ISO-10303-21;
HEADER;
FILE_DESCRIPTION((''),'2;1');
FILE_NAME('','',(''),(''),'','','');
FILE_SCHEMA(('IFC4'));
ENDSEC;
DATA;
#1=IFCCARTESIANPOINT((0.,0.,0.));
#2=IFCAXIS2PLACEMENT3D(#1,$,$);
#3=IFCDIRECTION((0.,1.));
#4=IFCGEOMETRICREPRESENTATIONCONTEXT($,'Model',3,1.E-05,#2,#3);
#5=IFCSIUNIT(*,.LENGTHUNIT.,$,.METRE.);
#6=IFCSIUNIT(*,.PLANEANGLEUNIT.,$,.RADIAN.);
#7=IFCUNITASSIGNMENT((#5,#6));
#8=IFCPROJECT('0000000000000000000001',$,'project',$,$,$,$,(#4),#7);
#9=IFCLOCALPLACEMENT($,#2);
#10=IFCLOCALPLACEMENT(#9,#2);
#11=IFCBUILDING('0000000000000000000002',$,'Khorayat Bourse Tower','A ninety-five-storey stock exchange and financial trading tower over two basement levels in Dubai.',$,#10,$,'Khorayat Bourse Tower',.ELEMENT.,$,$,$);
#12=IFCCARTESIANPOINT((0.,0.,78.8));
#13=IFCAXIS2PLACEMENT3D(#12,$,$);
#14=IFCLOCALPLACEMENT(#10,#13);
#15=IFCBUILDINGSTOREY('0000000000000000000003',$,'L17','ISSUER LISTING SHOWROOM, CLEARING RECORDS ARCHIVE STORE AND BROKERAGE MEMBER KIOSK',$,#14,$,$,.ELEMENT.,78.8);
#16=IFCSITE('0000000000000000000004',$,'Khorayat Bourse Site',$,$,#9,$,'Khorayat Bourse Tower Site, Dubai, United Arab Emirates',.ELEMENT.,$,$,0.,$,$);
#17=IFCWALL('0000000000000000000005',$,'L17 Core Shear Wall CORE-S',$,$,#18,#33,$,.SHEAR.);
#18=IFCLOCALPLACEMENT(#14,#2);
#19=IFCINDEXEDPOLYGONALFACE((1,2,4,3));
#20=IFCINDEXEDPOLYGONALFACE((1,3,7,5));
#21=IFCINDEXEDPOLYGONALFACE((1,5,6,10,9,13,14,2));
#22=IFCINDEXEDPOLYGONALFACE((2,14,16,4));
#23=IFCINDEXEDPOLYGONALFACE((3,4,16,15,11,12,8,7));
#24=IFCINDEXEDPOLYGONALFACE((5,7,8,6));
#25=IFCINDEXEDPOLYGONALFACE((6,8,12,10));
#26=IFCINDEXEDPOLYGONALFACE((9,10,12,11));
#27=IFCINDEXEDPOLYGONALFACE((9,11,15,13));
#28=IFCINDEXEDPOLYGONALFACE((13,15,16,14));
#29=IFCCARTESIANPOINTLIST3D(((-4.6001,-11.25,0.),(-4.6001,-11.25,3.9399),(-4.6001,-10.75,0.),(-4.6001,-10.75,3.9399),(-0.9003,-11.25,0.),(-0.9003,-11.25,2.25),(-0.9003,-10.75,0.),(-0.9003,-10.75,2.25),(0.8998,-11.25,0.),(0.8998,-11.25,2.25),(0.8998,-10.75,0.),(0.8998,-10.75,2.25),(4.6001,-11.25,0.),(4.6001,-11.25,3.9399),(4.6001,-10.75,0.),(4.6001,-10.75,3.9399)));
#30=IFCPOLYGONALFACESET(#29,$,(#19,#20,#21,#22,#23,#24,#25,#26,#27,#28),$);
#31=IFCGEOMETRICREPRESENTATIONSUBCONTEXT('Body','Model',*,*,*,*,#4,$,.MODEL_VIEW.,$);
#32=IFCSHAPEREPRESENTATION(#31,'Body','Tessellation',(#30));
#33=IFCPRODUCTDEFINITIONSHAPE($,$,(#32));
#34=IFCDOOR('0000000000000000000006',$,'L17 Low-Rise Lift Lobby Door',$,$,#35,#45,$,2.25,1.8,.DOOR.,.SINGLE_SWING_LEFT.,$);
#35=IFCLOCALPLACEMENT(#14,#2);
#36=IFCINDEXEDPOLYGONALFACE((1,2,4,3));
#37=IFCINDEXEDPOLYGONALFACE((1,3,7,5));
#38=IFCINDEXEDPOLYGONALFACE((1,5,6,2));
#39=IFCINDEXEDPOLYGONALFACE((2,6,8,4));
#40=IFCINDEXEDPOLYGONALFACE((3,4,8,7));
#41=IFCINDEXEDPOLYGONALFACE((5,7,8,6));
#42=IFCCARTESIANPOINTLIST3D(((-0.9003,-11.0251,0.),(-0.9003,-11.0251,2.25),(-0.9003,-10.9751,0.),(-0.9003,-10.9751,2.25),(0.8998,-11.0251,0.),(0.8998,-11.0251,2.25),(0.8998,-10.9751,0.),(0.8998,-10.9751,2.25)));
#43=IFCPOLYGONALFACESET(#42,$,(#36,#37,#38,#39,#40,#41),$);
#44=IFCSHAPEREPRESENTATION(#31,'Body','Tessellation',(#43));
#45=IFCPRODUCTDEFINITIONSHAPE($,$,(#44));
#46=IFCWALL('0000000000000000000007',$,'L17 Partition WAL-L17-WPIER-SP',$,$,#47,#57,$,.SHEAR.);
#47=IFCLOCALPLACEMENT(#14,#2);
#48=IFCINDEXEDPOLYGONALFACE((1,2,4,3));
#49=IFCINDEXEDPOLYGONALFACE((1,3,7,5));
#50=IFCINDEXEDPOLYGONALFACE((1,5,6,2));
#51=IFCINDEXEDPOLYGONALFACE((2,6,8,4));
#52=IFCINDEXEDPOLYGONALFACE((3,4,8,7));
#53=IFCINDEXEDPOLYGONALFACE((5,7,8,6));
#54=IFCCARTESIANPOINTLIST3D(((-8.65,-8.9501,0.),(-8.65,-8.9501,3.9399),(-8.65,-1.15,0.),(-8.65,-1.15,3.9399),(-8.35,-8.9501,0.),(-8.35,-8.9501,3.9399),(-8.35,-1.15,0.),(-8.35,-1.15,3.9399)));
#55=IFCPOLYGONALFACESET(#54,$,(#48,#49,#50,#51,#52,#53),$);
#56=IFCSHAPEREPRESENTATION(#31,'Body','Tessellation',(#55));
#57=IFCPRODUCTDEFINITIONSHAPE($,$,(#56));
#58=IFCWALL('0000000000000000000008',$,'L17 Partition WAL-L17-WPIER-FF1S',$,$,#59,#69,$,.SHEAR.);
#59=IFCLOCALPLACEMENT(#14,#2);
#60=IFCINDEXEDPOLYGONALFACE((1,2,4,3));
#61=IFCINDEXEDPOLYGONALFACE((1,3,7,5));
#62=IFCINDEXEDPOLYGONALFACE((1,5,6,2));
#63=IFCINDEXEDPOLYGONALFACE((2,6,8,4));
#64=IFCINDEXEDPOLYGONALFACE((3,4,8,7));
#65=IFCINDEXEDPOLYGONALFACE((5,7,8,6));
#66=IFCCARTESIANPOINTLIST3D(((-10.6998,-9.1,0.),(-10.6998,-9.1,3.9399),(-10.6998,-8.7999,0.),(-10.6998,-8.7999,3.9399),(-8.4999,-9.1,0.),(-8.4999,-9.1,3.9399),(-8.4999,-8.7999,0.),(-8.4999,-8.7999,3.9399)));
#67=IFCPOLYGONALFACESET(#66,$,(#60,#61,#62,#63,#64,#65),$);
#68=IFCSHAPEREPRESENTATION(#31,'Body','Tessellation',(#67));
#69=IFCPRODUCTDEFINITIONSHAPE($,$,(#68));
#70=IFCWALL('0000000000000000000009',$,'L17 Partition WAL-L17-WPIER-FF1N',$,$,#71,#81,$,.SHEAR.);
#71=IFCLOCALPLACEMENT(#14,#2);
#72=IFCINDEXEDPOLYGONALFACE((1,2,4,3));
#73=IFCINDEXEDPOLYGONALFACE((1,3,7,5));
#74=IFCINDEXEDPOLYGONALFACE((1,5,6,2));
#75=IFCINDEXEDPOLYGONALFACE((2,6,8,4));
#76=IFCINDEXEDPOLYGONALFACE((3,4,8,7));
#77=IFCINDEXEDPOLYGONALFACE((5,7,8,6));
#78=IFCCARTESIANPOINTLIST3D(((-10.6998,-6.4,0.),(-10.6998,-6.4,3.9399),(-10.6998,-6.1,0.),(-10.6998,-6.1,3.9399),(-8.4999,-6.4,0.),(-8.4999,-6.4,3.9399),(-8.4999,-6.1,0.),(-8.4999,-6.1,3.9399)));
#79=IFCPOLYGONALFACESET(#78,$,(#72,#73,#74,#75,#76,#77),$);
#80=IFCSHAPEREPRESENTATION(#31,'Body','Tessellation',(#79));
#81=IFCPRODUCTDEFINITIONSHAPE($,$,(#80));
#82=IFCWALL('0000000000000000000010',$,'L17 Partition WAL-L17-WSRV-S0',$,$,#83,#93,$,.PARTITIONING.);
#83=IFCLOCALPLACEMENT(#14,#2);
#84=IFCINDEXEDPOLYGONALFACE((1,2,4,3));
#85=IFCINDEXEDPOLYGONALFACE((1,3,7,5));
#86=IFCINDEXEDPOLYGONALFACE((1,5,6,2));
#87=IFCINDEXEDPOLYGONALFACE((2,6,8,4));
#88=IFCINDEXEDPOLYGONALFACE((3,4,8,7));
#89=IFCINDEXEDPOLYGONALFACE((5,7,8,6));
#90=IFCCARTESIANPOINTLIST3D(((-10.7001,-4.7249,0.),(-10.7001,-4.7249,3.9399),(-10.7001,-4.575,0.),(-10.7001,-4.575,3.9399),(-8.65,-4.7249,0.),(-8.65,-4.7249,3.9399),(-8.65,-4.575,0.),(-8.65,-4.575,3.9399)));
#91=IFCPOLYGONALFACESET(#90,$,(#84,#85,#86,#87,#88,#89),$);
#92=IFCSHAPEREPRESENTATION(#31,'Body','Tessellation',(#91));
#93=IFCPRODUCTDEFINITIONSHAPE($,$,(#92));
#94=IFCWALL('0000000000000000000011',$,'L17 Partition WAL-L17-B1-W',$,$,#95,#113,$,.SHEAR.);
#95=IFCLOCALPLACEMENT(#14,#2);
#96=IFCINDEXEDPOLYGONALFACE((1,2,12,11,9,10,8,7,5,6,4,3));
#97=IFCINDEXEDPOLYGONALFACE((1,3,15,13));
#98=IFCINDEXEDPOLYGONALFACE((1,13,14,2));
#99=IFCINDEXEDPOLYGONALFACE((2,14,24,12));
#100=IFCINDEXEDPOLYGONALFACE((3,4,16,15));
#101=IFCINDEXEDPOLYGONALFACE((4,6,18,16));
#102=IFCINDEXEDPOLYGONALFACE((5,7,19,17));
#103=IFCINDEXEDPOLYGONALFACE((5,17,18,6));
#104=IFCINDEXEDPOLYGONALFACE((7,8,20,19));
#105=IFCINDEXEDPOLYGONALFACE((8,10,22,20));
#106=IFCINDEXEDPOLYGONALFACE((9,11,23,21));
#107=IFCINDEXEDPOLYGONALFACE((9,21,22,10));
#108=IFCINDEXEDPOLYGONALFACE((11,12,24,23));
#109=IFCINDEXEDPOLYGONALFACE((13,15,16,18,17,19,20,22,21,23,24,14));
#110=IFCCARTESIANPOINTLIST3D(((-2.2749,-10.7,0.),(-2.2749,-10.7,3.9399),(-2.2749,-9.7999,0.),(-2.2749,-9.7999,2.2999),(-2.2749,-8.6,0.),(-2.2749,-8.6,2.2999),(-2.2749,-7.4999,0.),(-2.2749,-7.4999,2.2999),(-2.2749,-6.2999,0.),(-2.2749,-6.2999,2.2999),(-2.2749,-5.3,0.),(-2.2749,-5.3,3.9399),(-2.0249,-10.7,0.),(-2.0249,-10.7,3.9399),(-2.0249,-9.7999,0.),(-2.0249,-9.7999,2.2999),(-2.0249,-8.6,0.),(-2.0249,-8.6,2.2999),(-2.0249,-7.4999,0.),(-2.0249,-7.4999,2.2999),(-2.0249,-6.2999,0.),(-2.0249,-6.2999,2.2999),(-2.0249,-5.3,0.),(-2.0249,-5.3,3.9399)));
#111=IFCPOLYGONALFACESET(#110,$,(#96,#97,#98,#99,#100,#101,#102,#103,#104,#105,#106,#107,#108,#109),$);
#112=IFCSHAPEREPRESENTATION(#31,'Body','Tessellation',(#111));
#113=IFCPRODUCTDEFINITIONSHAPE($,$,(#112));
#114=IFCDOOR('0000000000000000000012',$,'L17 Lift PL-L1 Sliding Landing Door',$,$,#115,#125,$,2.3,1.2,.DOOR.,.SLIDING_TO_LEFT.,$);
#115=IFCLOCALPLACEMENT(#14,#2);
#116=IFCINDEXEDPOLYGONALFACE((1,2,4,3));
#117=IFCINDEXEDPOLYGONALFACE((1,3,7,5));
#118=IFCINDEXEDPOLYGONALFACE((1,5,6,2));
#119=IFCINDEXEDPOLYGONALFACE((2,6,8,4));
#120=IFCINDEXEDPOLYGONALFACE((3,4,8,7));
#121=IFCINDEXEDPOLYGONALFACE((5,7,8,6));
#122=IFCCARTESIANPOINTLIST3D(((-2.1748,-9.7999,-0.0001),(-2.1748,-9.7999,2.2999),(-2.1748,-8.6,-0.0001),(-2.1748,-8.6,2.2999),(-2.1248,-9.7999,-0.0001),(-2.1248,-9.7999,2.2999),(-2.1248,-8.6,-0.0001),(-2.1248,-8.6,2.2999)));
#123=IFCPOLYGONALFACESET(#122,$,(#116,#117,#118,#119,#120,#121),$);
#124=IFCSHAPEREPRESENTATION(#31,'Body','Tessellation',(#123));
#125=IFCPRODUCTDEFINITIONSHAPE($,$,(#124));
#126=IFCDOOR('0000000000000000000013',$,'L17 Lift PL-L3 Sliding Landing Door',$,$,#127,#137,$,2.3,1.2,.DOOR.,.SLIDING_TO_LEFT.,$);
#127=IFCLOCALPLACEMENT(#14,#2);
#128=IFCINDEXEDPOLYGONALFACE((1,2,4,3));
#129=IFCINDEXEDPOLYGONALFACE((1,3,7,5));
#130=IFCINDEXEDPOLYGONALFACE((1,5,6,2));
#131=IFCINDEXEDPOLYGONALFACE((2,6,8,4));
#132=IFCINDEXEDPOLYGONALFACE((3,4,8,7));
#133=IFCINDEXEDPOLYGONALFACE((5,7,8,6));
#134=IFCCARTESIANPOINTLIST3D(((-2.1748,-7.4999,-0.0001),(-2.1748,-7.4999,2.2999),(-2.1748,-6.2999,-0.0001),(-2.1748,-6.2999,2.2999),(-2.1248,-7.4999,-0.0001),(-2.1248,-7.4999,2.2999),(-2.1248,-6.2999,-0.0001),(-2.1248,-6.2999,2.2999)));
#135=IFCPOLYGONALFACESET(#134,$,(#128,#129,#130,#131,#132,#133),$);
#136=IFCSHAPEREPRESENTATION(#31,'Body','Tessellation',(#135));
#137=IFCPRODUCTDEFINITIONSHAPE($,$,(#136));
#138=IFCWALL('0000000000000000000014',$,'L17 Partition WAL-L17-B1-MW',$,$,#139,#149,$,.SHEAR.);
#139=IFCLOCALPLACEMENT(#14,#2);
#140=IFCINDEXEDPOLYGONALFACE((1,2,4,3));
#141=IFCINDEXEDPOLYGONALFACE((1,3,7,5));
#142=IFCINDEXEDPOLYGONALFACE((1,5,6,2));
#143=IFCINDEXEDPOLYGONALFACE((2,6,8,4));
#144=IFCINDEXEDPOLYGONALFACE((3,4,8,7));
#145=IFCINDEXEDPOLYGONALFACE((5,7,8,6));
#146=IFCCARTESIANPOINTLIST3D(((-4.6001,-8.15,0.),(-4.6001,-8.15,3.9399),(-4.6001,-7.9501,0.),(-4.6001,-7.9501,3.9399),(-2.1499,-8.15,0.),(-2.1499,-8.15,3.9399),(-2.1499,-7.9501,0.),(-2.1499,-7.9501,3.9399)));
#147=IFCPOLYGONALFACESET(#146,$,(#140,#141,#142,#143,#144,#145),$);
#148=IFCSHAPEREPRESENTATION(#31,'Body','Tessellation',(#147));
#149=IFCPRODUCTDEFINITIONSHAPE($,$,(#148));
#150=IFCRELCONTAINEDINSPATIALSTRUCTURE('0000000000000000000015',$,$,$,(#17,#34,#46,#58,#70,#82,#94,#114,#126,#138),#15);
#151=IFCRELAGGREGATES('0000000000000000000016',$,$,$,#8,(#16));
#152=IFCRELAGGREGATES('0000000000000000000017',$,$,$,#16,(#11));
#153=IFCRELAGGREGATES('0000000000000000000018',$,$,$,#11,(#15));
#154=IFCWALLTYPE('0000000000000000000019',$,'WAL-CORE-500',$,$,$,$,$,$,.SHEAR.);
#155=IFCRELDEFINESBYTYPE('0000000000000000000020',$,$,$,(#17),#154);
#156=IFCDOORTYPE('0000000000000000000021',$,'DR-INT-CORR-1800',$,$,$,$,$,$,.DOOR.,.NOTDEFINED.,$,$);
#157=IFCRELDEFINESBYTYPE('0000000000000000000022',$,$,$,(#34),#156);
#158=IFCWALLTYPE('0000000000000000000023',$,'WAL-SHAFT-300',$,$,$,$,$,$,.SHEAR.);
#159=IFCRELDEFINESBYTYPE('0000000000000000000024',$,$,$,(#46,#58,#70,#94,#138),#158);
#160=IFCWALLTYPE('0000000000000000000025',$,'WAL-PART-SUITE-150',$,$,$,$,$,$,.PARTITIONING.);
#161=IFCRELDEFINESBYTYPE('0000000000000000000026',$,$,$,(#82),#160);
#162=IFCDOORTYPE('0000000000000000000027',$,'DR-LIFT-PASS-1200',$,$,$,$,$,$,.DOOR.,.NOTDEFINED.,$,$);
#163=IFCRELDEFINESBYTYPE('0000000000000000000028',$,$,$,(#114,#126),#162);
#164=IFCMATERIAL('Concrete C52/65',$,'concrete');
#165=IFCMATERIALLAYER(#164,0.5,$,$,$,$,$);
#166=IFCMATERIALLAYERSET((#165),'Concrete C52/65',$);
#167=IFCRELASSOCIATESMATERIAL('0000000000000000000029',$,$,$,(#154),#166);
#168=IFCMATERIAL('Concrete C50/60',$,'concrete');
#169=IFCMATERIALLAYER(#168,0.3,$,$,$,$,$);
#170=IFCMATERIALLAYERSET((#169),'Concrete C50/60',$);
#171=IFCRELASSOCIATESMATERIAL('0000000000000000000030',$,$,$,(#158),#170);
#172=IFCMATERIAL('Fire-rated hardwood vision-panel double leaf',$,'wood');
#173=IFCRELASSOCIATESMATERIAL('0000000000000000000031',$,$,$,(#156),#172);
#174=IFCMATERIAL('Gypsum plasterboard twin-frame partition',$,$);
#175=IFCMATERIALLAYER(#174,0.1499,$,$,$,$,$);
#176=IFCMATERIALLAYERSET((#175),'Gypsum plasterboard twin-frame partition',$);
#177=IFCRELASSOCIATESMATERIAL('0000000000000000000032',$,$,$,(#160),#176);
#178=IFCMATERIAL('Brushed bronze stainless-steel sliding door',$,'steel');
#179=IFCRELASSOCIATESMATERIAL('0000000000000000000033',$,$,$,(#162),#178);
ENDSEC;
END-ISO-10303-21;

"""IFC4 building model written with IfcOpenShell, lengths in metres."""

from ifc_helpers import new_model, si_unit, direction, frame, frame_2d, origin, place, context, subcontext, project, spatial, rectangle, extrude, source, transform, mapped, material, layer, layer_set, type_object, element, fill, save


model = new_model("IFC4")

# Units and contexts
model_context = context("Model", 3, precision=1e-05, world=origin(), true_north=direction((0.0, 1.0)))
body_context = subcontext(model_context, "Body", "Model", "MODEL_VIEW")
ifc_project = project(units=[si_unit("LENGTHUNIT", "METRE"), si_unit("PLANEANGLEUNIT", "RADIAN")], contexts=[model_context])

# Site, building, storey
site_placement = place(None, origin())
site = spatial("IfcSite", under=ifc_project, at=site_placement, Name="Khorayat Bourse Site", LongName="Khorayat Bourse Tower Site, Dubai, United Arab Emirates", CompositionType="ELEMENT", RefElevation=0.0)
building_placement = place(site_placement, origin())
building = spatial("IfcBuilding", under=site, at=building_placement, Name="Khorayat Bourse Tower", Description="A ninety-five-storey stock exchange and financial trading tower over two basement levels in Dubai.", LongName="Khorayat Bourse Tower", CompositionType="ELEMENT")
storey_placement = place(building_placement, frame((0.0, 0.0, 78.8)))
storey = spatial("IfcBuildingStorey", under=building, at=storey_placement, Name="L17", Description="ISSUER LISTING SHOWROOM, CLEARING RECORDS ARCHIVE STORE AND BROKERAGE MEMBER KIOSK", CompositionType="ELEMENT", Elevation=78.8)

# Shared definitions
ifc_material_1 = material(Name="Concrete C52/65", Category="concrete")
ifc_layer_1 = layer(ifc_material_1, 0.5)
ifc_layer_set_1 = layer_set([ifc_layer_1], Name="Concrete C52/65")
wall_type_1 = type_object("IfcWallType", Name="WAL-CORE-500", PredefinedType="SHEAR", material=ifc_layer_set_1)
ifc_material_2 = material(Name="Concrete C50/60", Category="concrete")
ifc_layer_2 = layer(ifc_material_2, 0.3)
ifc_layer_set_2 = layer_set([ifc_layer_2], Name="Concrete C50/60")
wall_type_2 = type_object("IfcWallType", Name="WAL-SHAFT-300", PredefinedType="SHEAR", material=ifc_layer_set_2)

# Wall, opening, door
shared_shape_1 = source(origin(), body_context, "Body", "SweptSolid", [
    extrude(rectangle(XDim=9.2002, YDim=0.5, at=frame_2d((4.6001, 0.0))), origin(), (0.0, 0.0, 1.0), 3.9399),
])
wall_1_placement = place(storey_placement, frame((-4.6001, -11.0, 0.0), z_axis=(0.0, 0.0, 1.0), x_axis=(1.0, 0.0, 0.0)))
wall_1 = element("IfcWall", 1, at=wall_1_placement, inside=storey, type_object=wall_type_1, Name="L17 Core Shear Wall CORE-S", PredefinedType="SHEAR", context=body_context, shape_type="MappedRepresentation", body=[
    mapped(shared_shape_1, transform((0.0, 0.0, 0.0), scale=1.0)),
])
shared_shape_2 = source(origin(), body_context, "Body", "SweptSolid", [
    extrude(rectangle(XDim=1.8, YDim=2.25, at=frame_2d((0.8999, 1.125))), frame((0.0, 0.26, 0.0), z_axis=(0.0, -1.0, 0.0), x_axis=(1.0, 0.0, 0.0)), (0.0, 0.0, 1.0), 0.52),
])
opening_1_placement = place(wall_1_placement, frame((3.7, 0.0, 0.0)))
opening_1 = element("IfcOpeningElement", 2, at=opening_1_placement, cuts=wall_1, PredefinedType="OPENING", context=body_context, shape_type="MappedRepresentation", body=[
    mapped(shared_shape_2, transform((0.0, 0.0, 0.0), scale=1.0)),
])
ifc_material_3 = material(Name="Fire-rated hardwood vision-panel double leaf", Category="wood")
door_type_1 = type_object("IfcDoorType", Name="DR-INT-CORR-1800", OperationType="NOTDEFINED", PredefinedType="DOOR", material=ifc_material_3)
shared_shape_3 = source(origin(), body_context, "Body", "SweptSolid", [
    extrude(rectangle(XDim=1.8, YDim=2.25, at=frame_2d((0.8999, 1.125))), frame((0.0, 0.0249, 0.0), z_axis=(0.0, -1.0, 0.0), x_axis=(1.0, 0.0, 0.0)), (0.0, 0.0, 1.0), 0.05),
])
door_1_placement = place(opening_1_placement, origin())
door_1 = element("IfcDoor", 3, at=door_1_placement, inside=storey, type_object=door_type_1, Name="L17 Low-Rise Lift Lobby Door", OperationType="SINGLE_SWING_LEFT", OverallHeight=2.25, OverallWidth=1.8, PredefinedType="DOOR", context=body_context, shape_type="MappedRepresentation", body=[
    mapped(shared_shape_3, transform((0.0, 0.0, 0.0), scale=1.0)),
])
fill(opening_1, door_1)

# Walls
shared_shape_4 = source(origin(), body_context, "Body", "SweptSolid", [
    extrude(rectangle(XDim=7.8, YDim=0.3, at=frame_2d((3.8999, 0.0))), origin(), (0.0, 0.0, 1.0), 3.9399),
])
wall_2_placement = place(storey_placement, frame((-8.5, -8.95, 0.0), z_axis=(0.0, 0.0, 1.0), x_axis=(0.0, 1.0, 0.0)))
element("IfcWall", 4, at=wall_2_placement, inside=storey, type_object=wall_type_2, Name="L17 Partition WAL-L17-WPIER-SP", PredefinedType="SHEAR", context=body_context, shape_type="MappedRepresentation", body=[
    mapped(shared_shape_4, transform((0.0, 0.0, 0.0), scale=1.0)),
])
shared_shape_5 = source(origin(), body_context, "Body", "SweptSolid", [
    extrude(rectangle(XDim=2.2, YDim=0.3, at=frame_2d((1.1001, 0.0))), origin(), (0.0, 0.0, 1.0), 3.9399),
])
for number, where, z_axis, x_axis, name in (
    (5, (-10.7, -8.95, 0.0), (0.0, 0.0, 1.0), (1.0, 0.0, 0.0), "L17 Partition WAL-L17-WPIER-FF1S"),
    (6, (-10.7, -6.25, 0.0), (0.0, 0.0, 1.0), (1.0, 0.0, 0.0), "L17 Partition WAL-L17-WPIER-FF1N"),
):
    element("IfcWall", number, at=place(storey_placement, frame(where, z_axis=z_axis, x_axis=x_axis)), inside=storey, type_object=wall_type_2, Name=name, PredefinedType="SHEAR", context=body_context, shape_type="MappedRepresentation", body=[
        mapped(shared_shape_5, transform((0.0, 0.0, 0.0), scale=1.0)),
    ])
ifc_material_4 = material(Name="Gypsum plasterboard twin-frame partition")
ifc_layer_3 = layer(ifc_material_4, 0.1499)
ifc_layer_set_3 = layer_set([ifc_layer_3], Name="Gypsum plasterboard twin-frame partition")
wall_type_3 = type_object("IfcWallType", Name="WAL-PART-SUITE-150", PredefinedType="PARTITIONING", material=ifc_layer_set_3)
shared_shape_6 = source(origin(), body_context, "Body", "SweptSolid", [
    extrude(rectangle(XDim=2.05, YDim=0.1499, at=frame_2d((1.0249, 0.0))), origin(), (0.0, 0.0, 1.0), 3.9399),
])
wall_3_placement = place(storey_placement, frame((-10.7, -4.6499, 0.0), z_axis=(0.0, 0.0, 1.0), x_axis=(1.0, 0.0, 0.0)))
element("IfcWall", 7, at=wall_3_placement, inside=storey, type_object=wall_type_3, Name="L17 Partition WAL-L17-WSRV-S0", PredefinedType="PARTITIONING", context=body_context, shape_type="MappedRepresentation", body=[
    mapped(shared_shape_6, transform((0.0, 0.0, 0.0), scale=1.0)),
])

# Wall, openings, doors
shared_shape_7 = source(origin(), body_context, "Body", "SweptSolid", [
    extrude(rectangle(XDim=5.3999, YDim=0.25, at=frame_2d((2.7, 0.0))), origin(), (0.0, 0.0, 1.0), 3.9399),
])
wall_4_placement = place(storey_placement, frame((-2.1499, -10.7, 0.0), z_axis=(0.0, 0.0, 1.0), x_axis=(0.0, 1.0, 0.0)))
wall_4 = element("IfcWall", 8, at=wall_4_placement, inside=storey, type_object=wall_type_2, Name="L17 Partition WAL-L17-B1-W", PredefinedType="SHEAR", context=body_context, shape_type="MappedRepresentation", body=[
    mapped(shared_shape_7, transform((0.0, 0.0, 0.0), scale=1.0)),
])
shared_shape_8 = source(origin(), body_context, "Body", "SweptSolid", [
    extrude(rectangle(XDim=1.2, YDim=2.3, at=frame_2d((0.6001, 1.1499))), frame((0.0, 0.135, 0.0), z_axis=(0.0, -1.0, 0.0), x_axis=(1.0, 0.0, 0.0)), (0.0, 0.0, 1.0), 0.27),
])
opening_2_placement = place(wall_4_placement, frame((0.8999, 0.0, 0.0)))
opening_2 = element("IfcOpeningElement", 9, at=opening_2_placement, cuts=wall_4, PredefinedType="OPENING", context=body_context, shape_type="MappedRepresentation", body=[
    mapped(shared_shape_8, transform((0.0, 0.0, 0.0), scale=1.0)),
])
opening_3_placement = place(wall_4_placement, frame((3.2, 0.0, 0.0)))
opening_3 = element("IfcOpeningElement", 10, at=opening_3_placement, cuts=wall_4, PredefinedType="OPENING", context=body_context, shape_type="MappedRepresentation", body=[
    mapped(shared_shape_8, transform((0.0, 0.0, 0.0), scale=1.0)),
])
ifc_material_5 = material(Name="Brushed bronze stainless-steel sliding door", Category="steel")
door_type_2 = type_object("IfcDoorType", Name="DR-LIFT-PASS-1200", OperationType="NOTDEFINED", PredefinedType="DOOR", material=ifc_material_5)
shared_shape_9 = source(origin(), body_context, "Body", "SweptSolid", [
    extrude(rectangle(XDim=1.2, YDim=2.3, at=frame_2d((0.6001, 1.1499))), frame((0.0, 0.0249, 0.0), z_axis=(0.0, -1.0, 0.0), x_axis=(1.0, 0.0, 0.0)), (0.0, 0.0, 1.0), 0.05),
])
door_2_placement = place(opening_2_placement, origin())
door_2 = element("IfcDoor", 11, at=door_2_placement, inside=storey, type_object=door_type_2, Name="L17 Lift PL-L1 Sliding Landing Door", OperationType="SLIDING_TO_LEFT", OverallHeight=2.3, OverallWidth=1.2, PredefinedType="DOOR", context=body_context, shape_type="MappedRepresentation", body=[
    mapped(shared_shape_9, transform((0.0, 0.0, 0.0), scale=1.0)),
])
fill(opening_2, door_2)
door_3_placement = place(opening_3_placement, origin())
door_3 = element("IfcDoor", 12, at=door_3_placement, inside=storey, type_object=door_type_2, Name="L17 Lift PL-L3 Sliding Landing Door", OperationType="SLIDING_TO_LEFT", OverallHeight=2.3, OverallWidth=1.2, PredefinedType="DOOR", context=body_context, shape_type="MappedRepresentation", body=[
    mapped(shared_shape_9, transform((0.0, 0.0, 0.0), scale=1.0)),
])
fill(opening_3, door_3)

# Wall
shared_shape_10 = source(origin(), body_context, "Body", "SweptSolid", [
    extrude(rectangle(XDim=2.4502, YDim=0.2, at=frame_2d((1.2251, 0.0))), origin(), (0.0, 0.0, 1.0), 3.9399),
])
wall_5_placement = place(storey_placement, frame((-4.6001, -8.05, 0.0), z_axis=(0.0, 0.0, 1.0), x_axis=(1.0, 0.0, 0.0)))
element("IfcWall", 13, at=wall_5_placement, inside=storey, type_object=wall_type_2, Name="L17 Partition WAL-L17-B1-MW", PredefinedType="SHEAR", context=body_context, shape_type="MappedRepresentation", body=[
    mapped(shared_shape_10, transform((0.0, 0.0, 0.0), scale=1.0)),
])

save(model, "model.ifc")
